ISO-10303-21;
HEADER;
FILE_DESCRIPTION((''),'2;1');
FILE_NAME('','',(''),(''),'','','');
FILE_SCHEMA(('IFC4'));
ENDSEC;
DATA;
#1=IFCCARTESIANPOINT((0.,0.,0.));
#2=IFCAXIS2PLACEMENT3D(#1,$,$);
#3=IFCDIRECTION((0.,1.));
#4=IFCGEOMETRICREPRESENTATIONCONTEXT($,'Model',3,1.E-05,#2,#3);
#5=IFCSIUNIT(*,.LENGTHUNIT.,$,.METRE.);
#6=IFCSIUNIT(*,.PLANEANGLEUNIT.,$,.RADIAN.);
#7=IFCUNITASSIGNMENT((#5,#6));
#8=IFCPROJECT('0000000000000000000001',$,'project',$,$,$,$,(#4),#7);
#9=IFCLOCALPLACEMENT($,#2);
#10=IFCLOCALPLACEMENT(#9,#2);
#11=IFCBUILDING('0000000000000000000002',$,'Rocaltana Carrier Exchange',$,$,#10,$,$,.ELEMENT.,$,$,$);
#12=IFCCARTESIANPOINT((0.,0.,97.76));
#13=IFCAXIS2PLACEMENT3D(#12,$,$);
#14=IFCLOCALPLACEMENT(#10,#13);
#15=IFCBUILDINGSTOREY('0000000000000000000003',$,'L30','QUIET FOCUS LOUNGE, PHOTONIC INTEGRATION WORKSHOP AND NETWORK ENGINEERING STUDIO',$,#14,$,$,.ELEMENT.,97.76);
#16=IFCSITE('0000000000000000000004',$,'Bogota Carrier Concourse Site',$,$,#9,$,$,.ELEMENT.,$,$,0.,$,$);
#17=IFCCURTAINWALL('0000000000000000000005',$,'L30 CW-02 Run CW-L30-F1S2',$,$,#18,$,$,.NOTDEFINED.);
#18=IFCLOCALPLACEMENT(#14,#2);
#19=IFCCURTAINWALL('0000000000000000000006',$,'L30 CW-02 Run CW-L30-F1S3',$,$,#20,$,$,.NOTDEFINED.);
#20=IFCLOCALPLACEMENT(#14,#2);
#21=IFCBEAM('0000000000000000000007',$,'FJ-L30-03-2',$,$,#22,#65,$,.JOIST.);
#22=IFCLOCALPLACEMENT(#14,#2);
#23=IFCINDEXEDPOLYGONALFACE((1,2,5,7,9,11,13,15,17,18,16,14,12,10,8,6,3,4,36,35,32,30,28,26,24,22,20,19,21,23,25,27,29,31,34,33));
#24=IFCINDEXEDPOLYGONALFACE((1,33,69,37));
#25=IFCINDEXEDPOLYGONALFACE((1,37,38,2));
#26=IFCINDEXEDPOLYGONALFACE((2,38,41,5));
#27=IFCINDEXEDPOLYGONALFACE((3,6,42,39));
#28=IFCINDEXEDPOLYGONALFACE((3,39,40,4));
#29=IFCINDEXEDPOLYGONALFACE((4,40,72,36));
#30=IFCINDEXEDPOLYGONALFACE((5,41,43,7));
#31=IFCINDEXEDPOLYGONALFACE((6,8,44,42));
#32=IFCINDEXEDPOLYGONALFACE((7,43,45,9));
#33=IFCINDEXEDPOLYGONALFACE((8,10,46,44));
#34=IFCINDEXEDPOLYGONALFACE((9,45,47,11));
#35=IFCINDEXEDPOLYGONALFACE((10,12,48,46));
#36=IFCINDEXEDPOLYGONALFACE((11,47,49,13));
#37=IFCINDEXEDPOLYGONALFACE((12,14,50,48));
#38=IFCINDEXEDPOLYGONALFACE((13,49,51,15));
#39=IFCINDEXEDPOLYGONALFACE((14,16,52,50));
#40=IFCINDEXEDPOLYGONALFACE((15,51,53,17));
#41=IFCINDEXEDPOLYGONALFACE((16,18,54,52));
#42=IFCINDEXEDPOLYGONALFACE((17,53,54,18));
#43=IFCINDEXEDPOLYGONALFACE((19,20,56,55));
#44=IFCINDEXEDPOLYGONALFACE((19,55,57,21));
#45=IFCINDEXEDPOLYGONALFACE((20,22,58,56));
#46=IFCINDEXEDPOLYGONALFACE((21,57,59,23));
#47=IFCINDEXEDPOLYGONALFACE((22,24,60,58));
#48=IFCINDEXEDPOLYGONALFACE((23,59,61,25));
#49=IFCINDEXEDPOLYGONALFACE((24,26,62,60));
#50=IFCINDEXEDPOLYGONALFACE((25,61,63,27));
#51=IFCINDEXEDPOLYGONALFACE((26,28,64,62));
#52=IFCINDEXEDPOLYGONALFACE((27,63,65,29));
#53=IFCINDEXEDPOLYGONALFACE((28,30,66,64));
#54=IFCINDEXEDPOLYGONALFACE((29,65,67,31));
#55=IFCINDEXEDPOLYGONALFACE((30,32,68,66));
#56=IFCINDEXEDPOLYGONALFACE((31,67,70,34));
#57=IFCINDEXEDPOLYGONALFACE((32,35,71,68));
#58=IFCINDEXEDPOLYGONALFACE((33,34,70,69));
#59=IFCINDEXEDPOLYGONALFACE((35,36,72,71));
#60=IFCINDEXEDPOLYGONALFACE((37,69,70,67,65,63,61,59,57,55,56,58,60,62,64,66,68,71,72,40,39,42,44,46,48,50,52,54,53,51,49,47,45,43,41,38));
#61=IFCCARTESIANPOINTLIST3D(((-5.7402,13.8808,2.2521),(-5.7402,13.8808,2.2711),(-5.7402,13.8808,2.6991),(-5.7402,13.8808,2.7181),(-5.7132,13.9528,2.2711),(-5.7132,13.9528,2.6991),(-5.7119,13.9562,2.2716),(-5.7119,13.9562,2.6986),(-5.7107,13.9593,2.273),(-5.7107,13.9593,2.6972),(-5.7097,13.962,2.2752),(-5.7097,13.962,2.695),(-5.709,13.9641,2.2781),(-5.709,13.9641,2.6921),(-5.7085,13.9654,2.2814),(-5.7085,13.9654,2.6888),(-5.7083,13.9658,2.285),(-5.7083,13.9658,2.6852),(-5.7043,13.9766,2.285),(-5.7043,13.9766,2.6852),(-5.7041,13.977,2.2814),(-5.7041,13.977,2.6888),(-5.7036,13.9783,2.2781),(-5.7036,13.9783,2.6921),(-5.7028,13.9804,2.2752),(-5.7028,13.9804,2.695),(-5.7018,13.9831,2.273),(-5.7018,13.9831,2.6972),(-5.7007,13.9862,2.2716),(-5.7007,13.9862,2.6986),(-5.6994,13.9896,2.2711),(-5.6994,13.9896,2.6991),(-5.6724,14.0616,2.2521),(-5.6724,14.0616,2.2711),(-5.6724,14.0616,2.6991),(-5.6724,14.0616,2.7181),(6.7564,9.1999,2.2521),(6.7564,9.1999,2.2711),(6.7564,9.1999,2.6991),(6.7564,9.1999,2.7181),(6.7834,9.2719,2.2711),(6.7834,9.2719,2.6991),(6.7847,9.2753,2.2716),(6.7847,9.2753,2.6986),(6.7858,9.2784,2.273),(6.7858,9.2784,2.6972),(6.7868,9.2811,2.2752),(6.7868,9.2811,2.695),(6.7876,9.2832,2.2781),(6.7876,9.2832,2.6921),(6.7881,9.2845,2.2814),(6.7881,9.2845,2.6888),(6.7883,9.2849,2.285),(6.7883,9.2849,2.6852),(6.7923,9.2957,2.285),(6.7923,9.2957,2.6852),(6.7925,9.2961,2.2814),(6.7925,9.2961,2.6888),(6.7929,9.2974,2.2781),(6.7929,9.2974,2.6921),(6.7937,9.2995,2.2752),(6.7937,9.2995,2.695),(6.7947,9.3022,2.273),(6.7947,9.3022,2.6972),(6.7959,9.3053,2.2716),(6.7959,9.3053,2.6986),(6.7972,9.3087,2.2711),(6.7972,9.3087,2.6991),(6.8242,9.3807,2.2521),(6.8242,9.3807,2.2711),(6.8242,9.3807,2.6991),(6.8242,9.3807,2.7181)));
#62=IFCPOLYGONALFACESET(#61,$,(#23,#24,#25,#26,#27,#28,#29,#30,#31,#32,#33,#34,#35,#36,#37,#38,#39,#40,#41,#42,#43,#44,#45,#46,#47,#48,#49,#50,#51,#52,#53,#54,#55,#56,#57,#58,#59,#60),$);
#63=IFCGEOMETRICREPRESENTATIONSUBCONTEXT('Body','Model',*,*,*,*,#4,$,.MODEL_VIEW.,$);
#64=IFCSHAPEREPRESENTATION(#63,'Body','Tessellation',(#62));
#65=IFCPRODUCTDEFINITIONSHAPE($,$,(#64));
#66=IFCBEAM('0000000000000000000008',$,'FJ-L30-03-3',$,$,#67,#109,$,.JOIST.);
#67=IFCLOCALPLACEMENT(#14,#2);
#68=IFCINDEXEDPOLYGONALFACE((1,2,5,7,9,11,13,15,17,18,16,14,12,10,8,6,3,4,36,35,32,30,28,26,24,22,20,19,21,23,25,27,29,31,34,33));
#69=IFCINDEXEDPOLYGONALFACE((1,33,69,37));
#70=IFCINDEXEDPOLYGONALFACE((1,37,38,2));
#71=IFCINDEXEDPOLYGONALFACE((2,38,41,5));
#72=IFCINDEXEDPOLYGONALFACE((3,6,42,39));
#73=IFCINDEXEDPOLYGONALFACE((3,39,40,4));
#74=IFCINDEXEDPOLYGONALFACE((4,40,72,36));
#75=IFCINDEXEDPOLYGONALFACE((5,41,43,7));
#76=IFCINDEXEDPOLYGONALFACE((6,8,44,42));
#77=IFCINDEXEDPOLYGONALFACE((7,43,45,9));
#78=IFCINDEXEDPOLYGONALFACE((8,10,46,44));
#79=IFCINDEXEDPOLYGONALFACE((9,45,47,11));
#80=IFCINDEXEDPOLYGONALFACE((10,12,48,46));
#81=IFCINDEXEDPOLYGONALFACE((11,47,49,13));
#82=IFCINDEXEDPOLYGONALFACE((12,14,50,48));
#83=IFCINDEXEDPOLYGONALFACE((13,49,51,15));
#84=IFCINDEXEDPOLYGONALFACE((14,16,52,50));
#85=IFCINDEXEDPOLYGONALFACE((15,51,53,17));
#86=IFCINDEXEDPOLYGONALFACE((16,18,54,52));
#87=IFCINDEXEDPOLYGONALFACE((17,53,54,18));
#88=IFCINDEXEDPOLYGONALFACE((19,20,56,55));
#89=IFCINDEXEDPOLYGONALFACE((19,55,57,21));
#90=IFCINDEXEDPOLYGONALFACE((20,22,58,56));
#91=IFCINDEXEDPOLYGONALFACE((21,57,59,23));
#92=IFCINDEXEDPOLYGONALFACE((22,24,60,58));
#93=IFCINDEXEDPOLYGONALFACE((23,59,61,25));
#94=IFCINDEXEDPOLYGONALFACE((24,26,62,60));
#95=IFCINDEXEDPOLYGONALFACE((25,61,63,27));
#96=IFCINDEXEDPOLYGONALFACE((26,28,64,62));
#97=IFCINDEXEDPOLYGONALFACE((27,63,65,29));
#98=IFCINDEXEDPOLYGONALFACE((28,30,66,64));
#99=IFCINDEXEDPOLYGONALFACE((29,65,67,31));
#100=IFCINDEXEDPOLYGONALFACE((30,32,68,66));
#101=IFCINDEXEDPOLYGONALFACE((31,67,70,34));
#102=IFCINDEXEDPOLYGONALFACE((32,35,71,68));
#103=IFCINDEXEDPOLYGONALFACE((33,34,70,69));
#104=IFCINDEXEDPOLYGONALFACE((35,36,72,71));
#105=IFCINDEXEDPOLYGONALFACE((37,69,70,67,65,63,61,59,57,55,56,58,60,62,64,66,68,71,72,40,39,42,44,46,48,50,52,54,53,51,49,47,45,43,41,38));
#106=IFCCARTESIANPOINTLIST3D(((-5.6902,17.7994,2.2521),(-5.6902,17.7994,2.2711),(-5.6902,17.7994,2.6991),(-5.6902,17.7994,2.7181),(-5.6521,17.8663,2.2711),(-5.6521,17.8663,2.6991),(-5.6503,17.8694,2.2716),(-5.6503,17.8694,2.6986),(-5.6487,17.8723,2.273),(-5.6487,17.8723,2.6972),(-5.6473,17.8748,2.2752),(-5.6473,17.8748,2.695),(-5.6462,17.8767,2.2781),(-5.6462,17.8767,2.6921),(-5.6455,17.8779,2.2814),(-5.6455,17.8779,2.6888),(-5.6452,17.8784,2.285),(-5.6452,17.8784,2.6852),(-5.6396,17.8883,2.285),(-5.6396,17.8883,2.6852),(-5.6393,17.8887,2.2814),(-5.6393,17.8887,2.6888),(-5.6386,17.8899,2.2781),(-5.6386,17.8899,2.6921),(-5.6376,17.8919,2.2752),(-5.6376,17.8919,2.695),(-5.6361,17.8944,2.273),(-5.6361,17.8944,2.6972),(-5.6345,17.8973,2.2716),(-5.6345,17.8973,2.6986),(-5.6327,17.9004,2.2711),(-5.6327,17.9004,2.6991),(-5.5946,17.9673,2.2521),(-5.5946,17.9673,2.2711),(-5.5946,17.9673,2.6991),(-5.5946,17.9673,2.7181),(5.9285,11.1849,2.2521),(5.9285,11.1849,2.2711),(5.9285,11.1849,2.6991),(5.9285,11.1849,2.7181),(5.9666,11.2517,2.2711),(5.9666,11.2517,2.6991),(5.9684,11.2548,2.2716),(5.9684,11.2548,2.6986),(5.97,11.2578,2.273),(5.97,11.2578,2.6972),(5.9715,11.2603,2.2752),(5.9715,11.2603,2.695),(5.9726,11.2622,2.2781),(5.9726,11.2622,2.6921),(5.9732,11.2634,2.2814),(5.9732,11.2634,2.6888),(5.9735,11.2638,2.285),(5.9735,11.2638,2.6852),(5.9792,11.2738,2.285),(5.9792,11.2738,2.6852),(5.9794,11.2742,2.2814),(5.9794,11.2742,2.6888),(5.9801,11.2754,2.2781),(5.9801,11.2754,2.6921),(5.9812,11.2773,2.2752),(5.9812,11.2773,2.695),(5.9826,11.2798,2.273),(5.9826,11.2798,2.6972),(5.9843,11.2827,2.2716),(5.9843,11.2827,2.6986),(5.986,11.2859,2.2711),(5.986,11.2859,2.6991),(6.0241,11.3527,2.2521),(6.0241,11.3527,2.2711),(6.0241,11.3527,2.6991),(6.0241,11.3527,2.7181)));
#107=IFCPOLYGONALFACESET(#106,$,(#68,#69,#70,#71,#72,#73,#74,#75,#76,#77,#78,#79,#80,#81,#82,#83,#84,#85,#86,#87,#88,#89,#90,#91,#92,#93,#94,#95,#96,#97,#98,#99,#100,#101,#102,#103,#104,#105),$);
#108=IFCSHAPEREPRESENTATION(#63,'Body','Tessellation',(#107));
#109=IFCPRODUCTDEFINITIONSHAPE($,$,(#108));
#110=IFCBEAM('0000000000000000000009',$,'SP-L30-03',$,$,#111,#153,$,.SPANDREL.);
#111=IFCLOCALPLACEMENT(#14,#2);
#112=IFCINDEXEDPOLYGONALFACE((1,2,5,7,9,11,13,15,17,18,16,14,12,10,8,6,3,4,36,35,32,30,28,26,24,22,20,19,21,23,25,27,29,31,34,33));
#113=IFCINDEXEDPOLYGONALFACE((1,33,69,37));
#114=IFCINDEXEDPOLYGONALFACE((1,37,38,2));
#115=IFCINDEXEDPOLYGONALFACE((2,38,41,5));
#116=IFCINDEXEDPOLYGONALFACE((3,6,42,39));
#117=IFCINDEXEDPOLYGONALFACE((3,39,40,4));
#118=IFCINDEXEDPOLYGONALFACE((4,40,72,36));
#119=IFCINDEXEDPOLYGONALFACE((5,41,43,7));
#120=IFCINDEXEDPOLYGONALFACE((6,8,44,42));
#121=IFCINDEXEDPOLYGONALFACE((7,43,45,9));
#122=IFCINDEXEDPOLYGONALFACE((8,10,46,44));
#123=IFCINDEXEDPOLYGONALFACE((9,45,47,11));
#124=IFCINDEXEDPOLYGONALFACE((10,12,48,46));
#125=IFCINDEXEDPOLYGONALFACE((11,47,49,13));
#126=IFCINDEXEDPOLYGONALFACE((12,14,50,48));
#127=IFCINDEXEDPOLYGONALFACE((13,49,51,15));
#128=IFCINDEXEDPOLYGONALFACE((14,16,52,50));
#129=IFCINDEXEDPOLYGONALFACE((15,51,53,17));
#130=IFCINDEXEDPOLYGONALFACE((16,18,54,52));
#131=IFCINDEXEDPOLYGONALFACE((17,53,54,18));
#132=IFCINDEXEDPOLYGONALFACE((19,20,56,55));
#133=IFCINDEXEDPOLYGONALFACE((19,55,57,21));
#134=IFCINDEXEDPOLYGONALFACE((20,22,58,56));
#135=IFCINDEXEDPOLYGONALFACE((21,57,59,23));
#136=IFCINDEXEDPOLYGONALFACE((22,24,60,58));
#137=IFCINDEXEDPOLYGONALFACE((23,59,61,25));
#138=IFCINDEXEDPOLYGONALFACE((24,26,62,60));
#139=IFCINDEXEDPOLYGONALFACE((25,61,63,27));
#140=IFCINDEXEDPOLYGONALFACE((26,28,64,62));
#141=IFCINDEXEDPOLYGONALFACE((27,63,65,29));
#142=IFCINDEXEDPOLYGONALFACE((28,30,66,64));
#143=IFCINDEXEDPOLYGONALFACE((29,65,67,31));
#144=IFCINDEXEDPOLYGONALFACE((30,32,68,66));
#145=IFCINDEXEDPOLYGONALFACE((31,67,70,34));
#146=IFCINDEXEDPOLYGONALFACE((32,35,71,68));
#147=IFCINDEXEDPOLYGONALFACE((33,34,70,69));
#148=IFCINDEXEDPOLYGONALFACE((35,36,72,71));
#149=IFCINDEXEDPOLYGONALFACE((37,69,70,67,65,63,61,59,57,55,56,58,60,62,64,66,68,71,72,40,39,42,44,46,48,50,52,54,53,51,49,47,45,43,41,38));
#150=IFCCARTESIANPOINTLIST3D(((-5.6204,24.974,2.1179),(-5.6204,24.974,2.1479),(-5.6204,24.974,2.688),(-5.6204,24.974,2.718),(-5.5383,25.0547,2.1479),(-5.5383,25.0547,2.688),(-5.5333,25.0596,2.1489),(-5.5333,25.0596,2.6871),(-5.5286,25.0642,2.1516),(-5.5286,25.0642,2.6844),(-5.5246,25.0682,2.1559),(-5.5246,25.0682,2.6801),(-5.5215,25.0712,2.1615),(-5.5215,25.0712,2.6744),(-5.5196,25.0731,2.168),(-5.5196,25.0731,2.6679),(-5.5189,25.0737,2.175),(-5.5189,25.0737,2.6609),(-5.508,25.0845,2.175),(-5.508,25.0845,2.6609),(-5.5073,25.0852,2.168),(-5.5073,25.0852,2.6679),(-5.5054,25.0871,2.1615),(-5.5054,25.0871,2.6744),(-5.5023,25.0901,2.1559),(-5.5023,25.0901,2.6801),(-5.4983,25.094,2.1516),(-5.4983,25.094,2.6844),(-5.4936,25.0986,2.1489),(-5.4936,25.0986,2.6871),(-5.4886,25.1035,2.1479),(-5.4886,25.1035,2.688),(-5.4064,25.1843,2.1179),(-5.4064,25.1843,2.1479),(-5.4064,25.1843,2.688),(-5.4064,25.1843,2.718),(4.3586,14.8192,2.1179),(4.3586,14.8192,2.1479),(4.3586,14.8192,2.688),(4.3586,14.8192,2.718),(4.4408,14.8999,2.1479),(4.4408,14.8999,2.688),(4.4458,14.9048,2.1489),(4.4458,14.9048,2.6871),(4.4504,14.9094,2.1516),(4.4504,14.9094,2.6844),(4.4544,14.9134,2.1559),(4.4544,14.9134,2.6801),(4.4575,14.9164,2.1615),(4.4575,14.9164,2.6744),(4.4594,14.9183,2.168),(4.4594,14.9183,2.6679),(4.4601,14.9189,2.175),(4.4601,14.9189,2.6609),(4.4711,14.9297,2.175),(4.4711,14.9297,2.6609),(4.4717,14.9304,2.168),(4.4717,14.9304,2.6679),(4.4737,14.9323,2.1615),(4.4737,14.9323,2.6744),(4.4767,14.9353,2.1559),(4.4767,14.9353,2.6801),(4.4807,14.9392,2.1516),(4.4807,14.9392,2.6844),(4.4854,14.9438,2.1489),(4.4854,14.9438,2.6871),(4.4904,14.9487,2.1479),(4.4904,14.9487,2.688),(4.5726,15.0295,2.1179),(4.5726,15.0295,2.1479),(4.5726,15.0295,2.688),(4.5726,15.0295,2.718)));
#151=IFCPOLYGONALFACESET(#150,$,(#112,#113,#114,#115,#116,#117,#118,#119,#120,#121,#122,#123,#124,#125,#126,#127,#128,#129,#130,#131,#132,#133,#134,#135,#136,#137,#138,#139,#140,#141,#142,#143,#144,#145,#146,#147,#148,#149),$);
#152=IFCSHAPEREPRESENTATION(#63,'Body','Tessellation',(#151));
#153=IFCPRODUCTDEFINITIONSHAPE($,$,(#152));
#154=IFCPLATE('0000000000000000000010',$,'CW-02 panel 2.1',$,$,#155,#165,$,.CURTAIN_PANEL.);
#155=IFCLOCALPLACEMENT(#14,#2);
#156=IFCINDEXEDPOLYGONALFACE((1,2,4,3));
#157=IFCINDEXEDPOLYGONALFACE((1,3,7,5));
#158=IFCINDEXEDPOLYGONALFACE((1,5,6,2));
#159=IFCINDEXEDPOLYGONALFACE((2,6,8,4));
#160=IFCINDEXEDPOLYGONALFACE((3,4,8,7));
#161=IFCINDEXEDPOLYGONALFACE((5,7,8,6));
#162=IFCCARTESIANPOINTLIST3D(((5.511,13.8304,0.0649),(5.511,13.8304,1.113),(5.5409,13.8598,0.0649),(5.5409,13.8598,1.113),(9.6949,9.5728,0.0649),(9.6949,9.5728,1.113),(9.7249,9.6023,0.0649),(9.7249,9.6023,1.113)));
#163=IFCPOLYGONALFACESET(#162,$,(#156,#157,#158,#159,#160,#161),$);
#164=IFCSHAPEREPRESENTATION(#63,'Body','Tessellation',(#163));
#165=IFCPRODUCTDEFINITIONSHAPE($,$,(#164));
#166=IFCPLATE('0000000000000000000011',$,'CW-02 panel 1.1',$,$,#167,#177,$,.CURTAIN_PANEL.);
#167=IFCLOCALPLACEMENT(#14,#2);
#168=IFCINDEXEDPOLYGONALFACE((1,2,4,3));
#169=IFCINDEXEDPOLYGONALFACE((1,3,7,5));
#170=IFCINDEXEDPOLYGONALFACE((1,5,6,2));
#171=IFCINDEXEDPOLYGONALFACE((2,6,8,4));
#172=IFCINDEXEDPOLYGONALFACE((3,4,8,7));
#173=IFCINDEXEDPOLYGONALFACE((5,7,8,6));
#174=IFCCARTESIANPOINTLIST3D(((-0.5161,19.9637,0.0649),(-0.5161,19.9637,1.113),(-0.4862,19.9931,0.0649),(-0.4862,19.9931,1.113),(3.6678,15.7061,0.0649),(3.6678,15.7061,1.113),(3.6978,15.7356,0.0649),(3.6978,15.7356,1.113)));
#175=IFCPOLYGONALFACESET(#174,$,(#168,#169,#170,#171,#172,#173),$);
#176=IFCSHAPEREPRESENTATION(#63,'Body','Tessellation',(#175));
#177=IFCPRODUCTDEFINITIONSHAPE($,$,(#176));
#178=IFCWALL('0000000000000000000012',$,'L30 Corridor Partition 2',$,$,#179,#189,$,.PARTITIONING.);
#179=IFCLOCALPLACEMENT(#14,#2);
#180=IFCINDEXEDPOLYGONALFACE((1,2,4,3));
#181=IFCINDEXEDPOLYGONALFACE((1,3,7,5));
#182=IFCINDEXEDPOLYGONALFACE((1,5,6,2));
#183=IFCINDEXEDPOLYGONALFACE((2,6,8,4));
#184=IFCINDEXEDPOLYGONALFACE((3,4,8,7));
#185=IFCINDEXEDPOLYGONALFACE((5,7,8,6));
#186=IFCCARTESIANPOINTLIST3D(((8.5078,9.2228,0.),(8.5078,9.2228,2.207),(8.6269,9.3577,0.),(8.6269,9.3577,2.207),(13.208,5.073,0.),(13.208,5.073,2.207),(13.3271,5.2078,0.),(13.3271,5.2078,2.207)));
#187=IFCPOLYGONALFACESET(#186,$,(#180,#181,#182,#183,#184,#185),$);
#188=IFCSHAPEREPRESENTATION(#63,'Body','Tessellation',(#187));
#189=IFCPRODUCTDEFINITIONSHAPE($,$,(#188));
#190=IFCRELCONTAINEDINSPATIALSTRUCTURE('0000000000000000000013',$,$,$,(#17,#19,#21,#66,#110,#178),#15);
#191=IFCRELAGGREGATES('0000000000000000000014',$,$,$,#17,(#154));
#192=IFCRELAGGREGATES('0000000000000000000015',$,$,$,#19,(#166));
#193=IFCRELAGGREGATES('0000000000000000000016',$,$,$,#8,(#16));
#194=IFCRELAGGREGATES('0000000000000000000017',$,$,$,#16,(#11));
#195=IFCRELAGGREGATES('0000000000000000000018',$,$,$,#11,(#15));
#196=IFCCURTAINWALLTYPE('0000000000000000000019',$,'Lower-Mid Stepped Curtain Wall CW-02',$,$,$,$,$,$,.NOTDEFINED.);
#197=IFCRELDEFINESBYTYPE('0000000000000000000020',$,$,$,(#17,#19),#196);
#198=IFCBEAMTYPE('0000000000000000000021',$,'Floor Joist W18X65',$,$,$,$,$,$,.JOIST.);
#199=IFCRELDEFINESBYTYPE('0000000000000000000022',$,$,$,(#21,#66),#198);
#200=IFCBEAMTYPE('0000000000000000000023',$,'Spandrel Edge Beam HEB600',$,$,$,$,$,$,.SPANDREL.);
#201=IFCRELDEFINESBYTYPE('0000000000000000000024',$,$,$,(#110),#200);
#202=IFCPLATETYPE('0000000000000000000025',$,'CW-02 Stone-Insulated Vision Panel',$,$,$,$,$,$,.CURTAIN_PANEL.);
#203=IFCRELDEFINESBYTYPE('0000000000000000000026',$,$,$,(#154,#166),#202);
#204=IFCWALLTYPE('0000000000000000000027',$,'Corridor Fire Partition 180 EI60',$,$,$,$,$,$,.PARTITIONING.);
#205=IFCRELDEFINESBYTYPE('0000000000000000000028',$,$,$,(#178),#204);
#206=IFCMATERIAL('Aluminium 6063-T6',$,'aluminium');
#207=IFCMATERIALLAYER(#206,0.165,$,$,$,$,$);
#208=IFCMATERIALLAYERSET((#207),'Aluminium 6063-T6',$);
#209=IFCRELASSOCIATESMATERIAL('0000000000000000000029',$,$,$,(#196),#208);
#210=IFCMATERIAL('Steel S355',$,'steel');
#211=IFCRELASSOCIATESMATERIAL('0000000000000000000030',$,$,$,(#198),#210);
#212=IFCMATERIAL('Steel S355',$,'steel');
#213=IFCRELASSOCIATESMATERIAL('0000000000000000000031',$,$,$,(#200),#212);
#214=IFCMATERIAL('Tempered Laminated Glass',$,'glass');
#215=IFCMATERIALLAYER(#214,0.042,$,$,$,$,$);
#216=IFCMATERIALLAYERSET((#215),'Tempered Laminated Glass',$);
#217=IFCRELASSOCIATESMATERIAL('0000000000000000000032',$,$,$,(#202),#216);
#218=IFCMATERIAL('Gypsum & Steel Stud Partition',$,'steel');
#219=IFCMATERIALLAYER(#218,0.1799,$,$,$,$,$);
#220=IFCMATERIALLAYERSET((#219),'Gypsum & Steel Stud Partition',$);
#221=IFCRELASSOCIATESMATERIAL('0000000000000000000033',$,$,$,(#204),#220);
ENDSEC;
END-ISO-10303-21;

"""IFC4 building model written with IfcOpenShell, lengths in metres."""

from ifc_helpers import new_model, si_unit, direction, frame, frame_2d, origin, origin_2d, place, context, subcontext, project, spatial, rectangle, i_section, extrude, material, layer, layer_set, material_profile, profile_set, type_object, element, aggregate, save


model = new_model("IFC4")

# Units and contexts
model_context = context("Model", 3, precision=1e-05, world=origin(), true_north=direction((0.0, 1.0)))
body_context = subcontext(model_context, "Body", "Model", "MODEL_VIEW")
ifc_project = project(units=[si_unit("LENGTHUNIT", "METRE"), si_unit("PLANEANGLEUNIT", "RADIAN")], contexts=[model_context])

# Site, building, storey
site_placement = place(None, origin())
site = spatial("IfcSite", under=ifc_project, at=site_placement, Name="Bogota Carrier Concourse Site", CompositionType="ELEMENT", RefElevation=0.0)
building_placement = place(site_placement, origin())
building = spatial("IfcBuilding", under=site, at=building_placement, Name="Rocaltana Carrier Exchange", CompositionType="ELEMENT")
storey_placement = place(building_placement, frame((0.0, 0.0, 97.76)))
storey = spatial("IfcBuildingStorey", under=building, at=storey_placement, Name="L30", Description="QUIET FOCUS LOUNGE, PHOTONIC INTEGRATION WORKSHOP AND NETWORK ENGINEERING STUDIO", CompositionType="ELEMENT", Elevation=97.76)

# Curtain walls
ifc_material_1 = material(Name="Aluminium 6063-T6", Category="aluminium")
ifc_layer_1 = layer(ifc_material_1, 0.165)
ifc_layer_set_1 = layer_set([ifc_layer_1], Name="Aluminium 6063-T6")
curtain_wall_type = type_object("IfcCurtainWallType", Name="Lower-Mid Stepped Curtain Wall CW-02", PredefinedType="NOTDEFINED", material=ifc_layer_set_1)
curtain_wall_1_placement = place(storey_placement, origin())
curtain_wall_1 = element("IfcCurtainWall", 1, at=curtain_wall_1_placement, inside=storey, type_object=curtain_wall_type, Name="L30 CW-02 Run CW-L30-F1S2", PredefinedType="NOTDEFINED")
curtain_wall_2_placement = place(storey_placement, origin())
curtain_wall_2 = element("IfcCurtainWall", 2, at=curtain_wall_2_placement, inside=storey, type_object=curtain_wall_type, Name="L30 CW-02 Run CW-L30-F1S3", PredefinedType="NOTDEFINED")

# Beams
ifc_material_2 = material(Name="Steel S355", Category="steel")
ifc_material_profile_1 = material_profile(ifc_material_2, i_section(OverallWidth=0.1931, OverallDepth=0.4661, WebThickness=0.0115, FlangeThickness=0.019, FilletRadius=0.0139, at=origin_2d()), Name="W18X65")
ifc_profile_set_1 = profile_set([ifc_material_profile_1], Name="Steel S355")
beam_type_1 = type_object("IfcBeamType", Name="Floor Joist W18X65", PredefinedType="JOIST", material=ifc_profile_set_1)
beam_1_placement = place(storey_placement, frame((6.7903, 9.2903, 2.4851), z_axis=(-0.93646, 0.350775, 0.0), x_axis=(-0.350775, -0.93646, 0.0)))
element("IfcBeam", 3, at=beam_1_placement, inside=storey, type_object=beam_type_1, Name="FJ-L30-03-2", PredefinedType="JOIST", context=body_context, shape_type="SweptSolid", body=[
    extrude(i_section(OverallWidth=0.1931, OverallDepth=0.4661, WebThickness=0.0115, FlangeThickness=0.019, FilletRadius=0.0139, at=origin_2d()), origin(), (0.0, 0.0, 1.0), 13.3445),
])
beam_2_placement = place(storey_placement, frame((5.9763, 11.2688, 2.4851), z_axis=(-0.869039, 0.494744, 0.0), x_axis=(-0.494744, -0.869039, 0.0)))
element("IfcBeam", 4, at=beam_2_placement, inside=storey, type_object=beam_type_1, Name="FJ-L30-03-3", PredefinedType="JOIST", context=body_context, shape_type="SweptSolid", body=[
    extrude(i_section(OverallWidth=0.1931, OverallDepth=0.4661, WebThickness=0.0115, FlangeThickness=0.019, FilletRadius=0.0139, at=origin_2d()), origin(), (0.0, 0.0, 1.0), 13.3696),
])
ifc_material_3 = material(Name="Steel S355", Category="steel")
ifc_material_profile_2 = material_profile(ifc_material_3, i_section(OverallWidth=0.3, OverallDepth=0.6001, WebThickness=0.0154, FlangeThickness=0.03, FilletRadius=0.0271, at=origin_2d()), Name="HEB600")
ifc_profile_set_2 = profile_set([ifc_material_profile_2], Name="Steel S355")
beam_type_2 = type_object("IfcBeamType", Name="Spandrel Edge Beam HEB600", PredefinedType="SPANDREL", material=ifc_profile_set_2)
beam_3_placement = place(storey_placement, frame((4.4656, 14.9243, 2.418), z_axis=(-0.700907, 0.713253, 0.0), x_axis=(-0.713253, -0.700907, 0.0)))
element("IfcBeam", 5, at=beam_3_placement, inside=storey, type_object=beam_type_2, Name="SP-L30-03", PredefinedType="SPANDREL", context=body_context, shape_type="SweptSolid", body=[
    extrude(i_section(OverallWidth=0.3, OverallDepth=0.6001, WebThickness=0.0154, FlangeThickness=0.03, FilletRadius=0.0271, at=origin_2d()), origin(), (0.0, 0.0, 1.0), 14.2373),
])

# Plates
ifc_material_4 = material(Name="Tempered Laminated Glass", Category="glass")
ifc_layer_2 = layer(ifc_material_4, 0.042)
ifc_layer_set_2 = layer_set([ifc_layer_2], Name="Tempered Laminated Glass")
plate_type = type_object("IfcPlateType", Name="CW-02 Stone-Insulated Vision Panel", PredefinedType="CURTAIN_PANEL", material=ifc_layer_set_2)
plate_1_placement = place(storey_placement, frame((7.6179, 11.7163, 0.0649), z_axis=(0.0, 0.0, 1.0), x_axis=(-0.700915, 0.713245, 0.0)))
plate_1 = element("IfcPlate", 6, at=plate_1_placement, type_object=plate_type, Name="CW-02 panel 2.1", PredefinedType="CURTAIN_PANEL", context=body_context, shape_type="SweptSolid", body=[
    extrude(rectangle(XDim=5.9692, YDim=0.042, at=origin_2d()), origin(), (0.0, 0.0, 1.0), 1.0481),
])
aggregate(curtain_wall_1, [plate_1])
plate_2_placement = place(storey_placement, frame((1.5908, 17.8496, 0.0649), z_axis=(0.0, 0.0, 1.0), x_axis=(-0.700915, 0.713245, 0.0)))
plate_2 = element("IfcPlate", 7, at=plate_2_placement, type_object=plate_type, Name="CW-02 panel 1.1", PredefinedType="CURTAIN_PANEL", context=body_context, shape_type="SweptSolid", body=[
    extrude(rectangle(XDim=5.9692, YDim=0.042, at=origin_2d()), origin(), (0.0, 0.0, 1.0), 1.0481),
])
aggregate(curtain_wall_2, [plate_2])

# Wall
ifc_material_5 = material(Name="Gypsum & Steel Stud Partition", Category="steel")
ifc_layer_3 = layer(ifc_material_5, 0.1799)
ifc_layer_set_3 = layer_set([ifc_layer_3], Name="Gypsum & Steel Stud Partition")
wall_type_1 = type_object("IfcWallType", Name="Corridor Fire Partition 180 EI60", PredefinedType="PARTITIONING", material=ifc_layer_set_3)
wall_1_placement = place(storey_placement, frame((8.5674, 9.2903, 0.0), z_axis=(0.0, 0.0, 1.0), x_axis=(0.749626, -0.661861, 0.0)))
element("IfcWall", 8, at=wall_1_placement, inside=storey, type_object=wall_type_1, Name="L30 Corridor Partition 2", PredefinedType="PARTITIONING", context=body_context, shape_type="SweptSolid", body=[
    extrude(rectangle(XDim=6.27, YDim=0.1799, at=frame_2d((3.135, 0.0))), origin(), (0.0, 0.0, 1.0), 2.207),
])

save(model, "model.ifc")
